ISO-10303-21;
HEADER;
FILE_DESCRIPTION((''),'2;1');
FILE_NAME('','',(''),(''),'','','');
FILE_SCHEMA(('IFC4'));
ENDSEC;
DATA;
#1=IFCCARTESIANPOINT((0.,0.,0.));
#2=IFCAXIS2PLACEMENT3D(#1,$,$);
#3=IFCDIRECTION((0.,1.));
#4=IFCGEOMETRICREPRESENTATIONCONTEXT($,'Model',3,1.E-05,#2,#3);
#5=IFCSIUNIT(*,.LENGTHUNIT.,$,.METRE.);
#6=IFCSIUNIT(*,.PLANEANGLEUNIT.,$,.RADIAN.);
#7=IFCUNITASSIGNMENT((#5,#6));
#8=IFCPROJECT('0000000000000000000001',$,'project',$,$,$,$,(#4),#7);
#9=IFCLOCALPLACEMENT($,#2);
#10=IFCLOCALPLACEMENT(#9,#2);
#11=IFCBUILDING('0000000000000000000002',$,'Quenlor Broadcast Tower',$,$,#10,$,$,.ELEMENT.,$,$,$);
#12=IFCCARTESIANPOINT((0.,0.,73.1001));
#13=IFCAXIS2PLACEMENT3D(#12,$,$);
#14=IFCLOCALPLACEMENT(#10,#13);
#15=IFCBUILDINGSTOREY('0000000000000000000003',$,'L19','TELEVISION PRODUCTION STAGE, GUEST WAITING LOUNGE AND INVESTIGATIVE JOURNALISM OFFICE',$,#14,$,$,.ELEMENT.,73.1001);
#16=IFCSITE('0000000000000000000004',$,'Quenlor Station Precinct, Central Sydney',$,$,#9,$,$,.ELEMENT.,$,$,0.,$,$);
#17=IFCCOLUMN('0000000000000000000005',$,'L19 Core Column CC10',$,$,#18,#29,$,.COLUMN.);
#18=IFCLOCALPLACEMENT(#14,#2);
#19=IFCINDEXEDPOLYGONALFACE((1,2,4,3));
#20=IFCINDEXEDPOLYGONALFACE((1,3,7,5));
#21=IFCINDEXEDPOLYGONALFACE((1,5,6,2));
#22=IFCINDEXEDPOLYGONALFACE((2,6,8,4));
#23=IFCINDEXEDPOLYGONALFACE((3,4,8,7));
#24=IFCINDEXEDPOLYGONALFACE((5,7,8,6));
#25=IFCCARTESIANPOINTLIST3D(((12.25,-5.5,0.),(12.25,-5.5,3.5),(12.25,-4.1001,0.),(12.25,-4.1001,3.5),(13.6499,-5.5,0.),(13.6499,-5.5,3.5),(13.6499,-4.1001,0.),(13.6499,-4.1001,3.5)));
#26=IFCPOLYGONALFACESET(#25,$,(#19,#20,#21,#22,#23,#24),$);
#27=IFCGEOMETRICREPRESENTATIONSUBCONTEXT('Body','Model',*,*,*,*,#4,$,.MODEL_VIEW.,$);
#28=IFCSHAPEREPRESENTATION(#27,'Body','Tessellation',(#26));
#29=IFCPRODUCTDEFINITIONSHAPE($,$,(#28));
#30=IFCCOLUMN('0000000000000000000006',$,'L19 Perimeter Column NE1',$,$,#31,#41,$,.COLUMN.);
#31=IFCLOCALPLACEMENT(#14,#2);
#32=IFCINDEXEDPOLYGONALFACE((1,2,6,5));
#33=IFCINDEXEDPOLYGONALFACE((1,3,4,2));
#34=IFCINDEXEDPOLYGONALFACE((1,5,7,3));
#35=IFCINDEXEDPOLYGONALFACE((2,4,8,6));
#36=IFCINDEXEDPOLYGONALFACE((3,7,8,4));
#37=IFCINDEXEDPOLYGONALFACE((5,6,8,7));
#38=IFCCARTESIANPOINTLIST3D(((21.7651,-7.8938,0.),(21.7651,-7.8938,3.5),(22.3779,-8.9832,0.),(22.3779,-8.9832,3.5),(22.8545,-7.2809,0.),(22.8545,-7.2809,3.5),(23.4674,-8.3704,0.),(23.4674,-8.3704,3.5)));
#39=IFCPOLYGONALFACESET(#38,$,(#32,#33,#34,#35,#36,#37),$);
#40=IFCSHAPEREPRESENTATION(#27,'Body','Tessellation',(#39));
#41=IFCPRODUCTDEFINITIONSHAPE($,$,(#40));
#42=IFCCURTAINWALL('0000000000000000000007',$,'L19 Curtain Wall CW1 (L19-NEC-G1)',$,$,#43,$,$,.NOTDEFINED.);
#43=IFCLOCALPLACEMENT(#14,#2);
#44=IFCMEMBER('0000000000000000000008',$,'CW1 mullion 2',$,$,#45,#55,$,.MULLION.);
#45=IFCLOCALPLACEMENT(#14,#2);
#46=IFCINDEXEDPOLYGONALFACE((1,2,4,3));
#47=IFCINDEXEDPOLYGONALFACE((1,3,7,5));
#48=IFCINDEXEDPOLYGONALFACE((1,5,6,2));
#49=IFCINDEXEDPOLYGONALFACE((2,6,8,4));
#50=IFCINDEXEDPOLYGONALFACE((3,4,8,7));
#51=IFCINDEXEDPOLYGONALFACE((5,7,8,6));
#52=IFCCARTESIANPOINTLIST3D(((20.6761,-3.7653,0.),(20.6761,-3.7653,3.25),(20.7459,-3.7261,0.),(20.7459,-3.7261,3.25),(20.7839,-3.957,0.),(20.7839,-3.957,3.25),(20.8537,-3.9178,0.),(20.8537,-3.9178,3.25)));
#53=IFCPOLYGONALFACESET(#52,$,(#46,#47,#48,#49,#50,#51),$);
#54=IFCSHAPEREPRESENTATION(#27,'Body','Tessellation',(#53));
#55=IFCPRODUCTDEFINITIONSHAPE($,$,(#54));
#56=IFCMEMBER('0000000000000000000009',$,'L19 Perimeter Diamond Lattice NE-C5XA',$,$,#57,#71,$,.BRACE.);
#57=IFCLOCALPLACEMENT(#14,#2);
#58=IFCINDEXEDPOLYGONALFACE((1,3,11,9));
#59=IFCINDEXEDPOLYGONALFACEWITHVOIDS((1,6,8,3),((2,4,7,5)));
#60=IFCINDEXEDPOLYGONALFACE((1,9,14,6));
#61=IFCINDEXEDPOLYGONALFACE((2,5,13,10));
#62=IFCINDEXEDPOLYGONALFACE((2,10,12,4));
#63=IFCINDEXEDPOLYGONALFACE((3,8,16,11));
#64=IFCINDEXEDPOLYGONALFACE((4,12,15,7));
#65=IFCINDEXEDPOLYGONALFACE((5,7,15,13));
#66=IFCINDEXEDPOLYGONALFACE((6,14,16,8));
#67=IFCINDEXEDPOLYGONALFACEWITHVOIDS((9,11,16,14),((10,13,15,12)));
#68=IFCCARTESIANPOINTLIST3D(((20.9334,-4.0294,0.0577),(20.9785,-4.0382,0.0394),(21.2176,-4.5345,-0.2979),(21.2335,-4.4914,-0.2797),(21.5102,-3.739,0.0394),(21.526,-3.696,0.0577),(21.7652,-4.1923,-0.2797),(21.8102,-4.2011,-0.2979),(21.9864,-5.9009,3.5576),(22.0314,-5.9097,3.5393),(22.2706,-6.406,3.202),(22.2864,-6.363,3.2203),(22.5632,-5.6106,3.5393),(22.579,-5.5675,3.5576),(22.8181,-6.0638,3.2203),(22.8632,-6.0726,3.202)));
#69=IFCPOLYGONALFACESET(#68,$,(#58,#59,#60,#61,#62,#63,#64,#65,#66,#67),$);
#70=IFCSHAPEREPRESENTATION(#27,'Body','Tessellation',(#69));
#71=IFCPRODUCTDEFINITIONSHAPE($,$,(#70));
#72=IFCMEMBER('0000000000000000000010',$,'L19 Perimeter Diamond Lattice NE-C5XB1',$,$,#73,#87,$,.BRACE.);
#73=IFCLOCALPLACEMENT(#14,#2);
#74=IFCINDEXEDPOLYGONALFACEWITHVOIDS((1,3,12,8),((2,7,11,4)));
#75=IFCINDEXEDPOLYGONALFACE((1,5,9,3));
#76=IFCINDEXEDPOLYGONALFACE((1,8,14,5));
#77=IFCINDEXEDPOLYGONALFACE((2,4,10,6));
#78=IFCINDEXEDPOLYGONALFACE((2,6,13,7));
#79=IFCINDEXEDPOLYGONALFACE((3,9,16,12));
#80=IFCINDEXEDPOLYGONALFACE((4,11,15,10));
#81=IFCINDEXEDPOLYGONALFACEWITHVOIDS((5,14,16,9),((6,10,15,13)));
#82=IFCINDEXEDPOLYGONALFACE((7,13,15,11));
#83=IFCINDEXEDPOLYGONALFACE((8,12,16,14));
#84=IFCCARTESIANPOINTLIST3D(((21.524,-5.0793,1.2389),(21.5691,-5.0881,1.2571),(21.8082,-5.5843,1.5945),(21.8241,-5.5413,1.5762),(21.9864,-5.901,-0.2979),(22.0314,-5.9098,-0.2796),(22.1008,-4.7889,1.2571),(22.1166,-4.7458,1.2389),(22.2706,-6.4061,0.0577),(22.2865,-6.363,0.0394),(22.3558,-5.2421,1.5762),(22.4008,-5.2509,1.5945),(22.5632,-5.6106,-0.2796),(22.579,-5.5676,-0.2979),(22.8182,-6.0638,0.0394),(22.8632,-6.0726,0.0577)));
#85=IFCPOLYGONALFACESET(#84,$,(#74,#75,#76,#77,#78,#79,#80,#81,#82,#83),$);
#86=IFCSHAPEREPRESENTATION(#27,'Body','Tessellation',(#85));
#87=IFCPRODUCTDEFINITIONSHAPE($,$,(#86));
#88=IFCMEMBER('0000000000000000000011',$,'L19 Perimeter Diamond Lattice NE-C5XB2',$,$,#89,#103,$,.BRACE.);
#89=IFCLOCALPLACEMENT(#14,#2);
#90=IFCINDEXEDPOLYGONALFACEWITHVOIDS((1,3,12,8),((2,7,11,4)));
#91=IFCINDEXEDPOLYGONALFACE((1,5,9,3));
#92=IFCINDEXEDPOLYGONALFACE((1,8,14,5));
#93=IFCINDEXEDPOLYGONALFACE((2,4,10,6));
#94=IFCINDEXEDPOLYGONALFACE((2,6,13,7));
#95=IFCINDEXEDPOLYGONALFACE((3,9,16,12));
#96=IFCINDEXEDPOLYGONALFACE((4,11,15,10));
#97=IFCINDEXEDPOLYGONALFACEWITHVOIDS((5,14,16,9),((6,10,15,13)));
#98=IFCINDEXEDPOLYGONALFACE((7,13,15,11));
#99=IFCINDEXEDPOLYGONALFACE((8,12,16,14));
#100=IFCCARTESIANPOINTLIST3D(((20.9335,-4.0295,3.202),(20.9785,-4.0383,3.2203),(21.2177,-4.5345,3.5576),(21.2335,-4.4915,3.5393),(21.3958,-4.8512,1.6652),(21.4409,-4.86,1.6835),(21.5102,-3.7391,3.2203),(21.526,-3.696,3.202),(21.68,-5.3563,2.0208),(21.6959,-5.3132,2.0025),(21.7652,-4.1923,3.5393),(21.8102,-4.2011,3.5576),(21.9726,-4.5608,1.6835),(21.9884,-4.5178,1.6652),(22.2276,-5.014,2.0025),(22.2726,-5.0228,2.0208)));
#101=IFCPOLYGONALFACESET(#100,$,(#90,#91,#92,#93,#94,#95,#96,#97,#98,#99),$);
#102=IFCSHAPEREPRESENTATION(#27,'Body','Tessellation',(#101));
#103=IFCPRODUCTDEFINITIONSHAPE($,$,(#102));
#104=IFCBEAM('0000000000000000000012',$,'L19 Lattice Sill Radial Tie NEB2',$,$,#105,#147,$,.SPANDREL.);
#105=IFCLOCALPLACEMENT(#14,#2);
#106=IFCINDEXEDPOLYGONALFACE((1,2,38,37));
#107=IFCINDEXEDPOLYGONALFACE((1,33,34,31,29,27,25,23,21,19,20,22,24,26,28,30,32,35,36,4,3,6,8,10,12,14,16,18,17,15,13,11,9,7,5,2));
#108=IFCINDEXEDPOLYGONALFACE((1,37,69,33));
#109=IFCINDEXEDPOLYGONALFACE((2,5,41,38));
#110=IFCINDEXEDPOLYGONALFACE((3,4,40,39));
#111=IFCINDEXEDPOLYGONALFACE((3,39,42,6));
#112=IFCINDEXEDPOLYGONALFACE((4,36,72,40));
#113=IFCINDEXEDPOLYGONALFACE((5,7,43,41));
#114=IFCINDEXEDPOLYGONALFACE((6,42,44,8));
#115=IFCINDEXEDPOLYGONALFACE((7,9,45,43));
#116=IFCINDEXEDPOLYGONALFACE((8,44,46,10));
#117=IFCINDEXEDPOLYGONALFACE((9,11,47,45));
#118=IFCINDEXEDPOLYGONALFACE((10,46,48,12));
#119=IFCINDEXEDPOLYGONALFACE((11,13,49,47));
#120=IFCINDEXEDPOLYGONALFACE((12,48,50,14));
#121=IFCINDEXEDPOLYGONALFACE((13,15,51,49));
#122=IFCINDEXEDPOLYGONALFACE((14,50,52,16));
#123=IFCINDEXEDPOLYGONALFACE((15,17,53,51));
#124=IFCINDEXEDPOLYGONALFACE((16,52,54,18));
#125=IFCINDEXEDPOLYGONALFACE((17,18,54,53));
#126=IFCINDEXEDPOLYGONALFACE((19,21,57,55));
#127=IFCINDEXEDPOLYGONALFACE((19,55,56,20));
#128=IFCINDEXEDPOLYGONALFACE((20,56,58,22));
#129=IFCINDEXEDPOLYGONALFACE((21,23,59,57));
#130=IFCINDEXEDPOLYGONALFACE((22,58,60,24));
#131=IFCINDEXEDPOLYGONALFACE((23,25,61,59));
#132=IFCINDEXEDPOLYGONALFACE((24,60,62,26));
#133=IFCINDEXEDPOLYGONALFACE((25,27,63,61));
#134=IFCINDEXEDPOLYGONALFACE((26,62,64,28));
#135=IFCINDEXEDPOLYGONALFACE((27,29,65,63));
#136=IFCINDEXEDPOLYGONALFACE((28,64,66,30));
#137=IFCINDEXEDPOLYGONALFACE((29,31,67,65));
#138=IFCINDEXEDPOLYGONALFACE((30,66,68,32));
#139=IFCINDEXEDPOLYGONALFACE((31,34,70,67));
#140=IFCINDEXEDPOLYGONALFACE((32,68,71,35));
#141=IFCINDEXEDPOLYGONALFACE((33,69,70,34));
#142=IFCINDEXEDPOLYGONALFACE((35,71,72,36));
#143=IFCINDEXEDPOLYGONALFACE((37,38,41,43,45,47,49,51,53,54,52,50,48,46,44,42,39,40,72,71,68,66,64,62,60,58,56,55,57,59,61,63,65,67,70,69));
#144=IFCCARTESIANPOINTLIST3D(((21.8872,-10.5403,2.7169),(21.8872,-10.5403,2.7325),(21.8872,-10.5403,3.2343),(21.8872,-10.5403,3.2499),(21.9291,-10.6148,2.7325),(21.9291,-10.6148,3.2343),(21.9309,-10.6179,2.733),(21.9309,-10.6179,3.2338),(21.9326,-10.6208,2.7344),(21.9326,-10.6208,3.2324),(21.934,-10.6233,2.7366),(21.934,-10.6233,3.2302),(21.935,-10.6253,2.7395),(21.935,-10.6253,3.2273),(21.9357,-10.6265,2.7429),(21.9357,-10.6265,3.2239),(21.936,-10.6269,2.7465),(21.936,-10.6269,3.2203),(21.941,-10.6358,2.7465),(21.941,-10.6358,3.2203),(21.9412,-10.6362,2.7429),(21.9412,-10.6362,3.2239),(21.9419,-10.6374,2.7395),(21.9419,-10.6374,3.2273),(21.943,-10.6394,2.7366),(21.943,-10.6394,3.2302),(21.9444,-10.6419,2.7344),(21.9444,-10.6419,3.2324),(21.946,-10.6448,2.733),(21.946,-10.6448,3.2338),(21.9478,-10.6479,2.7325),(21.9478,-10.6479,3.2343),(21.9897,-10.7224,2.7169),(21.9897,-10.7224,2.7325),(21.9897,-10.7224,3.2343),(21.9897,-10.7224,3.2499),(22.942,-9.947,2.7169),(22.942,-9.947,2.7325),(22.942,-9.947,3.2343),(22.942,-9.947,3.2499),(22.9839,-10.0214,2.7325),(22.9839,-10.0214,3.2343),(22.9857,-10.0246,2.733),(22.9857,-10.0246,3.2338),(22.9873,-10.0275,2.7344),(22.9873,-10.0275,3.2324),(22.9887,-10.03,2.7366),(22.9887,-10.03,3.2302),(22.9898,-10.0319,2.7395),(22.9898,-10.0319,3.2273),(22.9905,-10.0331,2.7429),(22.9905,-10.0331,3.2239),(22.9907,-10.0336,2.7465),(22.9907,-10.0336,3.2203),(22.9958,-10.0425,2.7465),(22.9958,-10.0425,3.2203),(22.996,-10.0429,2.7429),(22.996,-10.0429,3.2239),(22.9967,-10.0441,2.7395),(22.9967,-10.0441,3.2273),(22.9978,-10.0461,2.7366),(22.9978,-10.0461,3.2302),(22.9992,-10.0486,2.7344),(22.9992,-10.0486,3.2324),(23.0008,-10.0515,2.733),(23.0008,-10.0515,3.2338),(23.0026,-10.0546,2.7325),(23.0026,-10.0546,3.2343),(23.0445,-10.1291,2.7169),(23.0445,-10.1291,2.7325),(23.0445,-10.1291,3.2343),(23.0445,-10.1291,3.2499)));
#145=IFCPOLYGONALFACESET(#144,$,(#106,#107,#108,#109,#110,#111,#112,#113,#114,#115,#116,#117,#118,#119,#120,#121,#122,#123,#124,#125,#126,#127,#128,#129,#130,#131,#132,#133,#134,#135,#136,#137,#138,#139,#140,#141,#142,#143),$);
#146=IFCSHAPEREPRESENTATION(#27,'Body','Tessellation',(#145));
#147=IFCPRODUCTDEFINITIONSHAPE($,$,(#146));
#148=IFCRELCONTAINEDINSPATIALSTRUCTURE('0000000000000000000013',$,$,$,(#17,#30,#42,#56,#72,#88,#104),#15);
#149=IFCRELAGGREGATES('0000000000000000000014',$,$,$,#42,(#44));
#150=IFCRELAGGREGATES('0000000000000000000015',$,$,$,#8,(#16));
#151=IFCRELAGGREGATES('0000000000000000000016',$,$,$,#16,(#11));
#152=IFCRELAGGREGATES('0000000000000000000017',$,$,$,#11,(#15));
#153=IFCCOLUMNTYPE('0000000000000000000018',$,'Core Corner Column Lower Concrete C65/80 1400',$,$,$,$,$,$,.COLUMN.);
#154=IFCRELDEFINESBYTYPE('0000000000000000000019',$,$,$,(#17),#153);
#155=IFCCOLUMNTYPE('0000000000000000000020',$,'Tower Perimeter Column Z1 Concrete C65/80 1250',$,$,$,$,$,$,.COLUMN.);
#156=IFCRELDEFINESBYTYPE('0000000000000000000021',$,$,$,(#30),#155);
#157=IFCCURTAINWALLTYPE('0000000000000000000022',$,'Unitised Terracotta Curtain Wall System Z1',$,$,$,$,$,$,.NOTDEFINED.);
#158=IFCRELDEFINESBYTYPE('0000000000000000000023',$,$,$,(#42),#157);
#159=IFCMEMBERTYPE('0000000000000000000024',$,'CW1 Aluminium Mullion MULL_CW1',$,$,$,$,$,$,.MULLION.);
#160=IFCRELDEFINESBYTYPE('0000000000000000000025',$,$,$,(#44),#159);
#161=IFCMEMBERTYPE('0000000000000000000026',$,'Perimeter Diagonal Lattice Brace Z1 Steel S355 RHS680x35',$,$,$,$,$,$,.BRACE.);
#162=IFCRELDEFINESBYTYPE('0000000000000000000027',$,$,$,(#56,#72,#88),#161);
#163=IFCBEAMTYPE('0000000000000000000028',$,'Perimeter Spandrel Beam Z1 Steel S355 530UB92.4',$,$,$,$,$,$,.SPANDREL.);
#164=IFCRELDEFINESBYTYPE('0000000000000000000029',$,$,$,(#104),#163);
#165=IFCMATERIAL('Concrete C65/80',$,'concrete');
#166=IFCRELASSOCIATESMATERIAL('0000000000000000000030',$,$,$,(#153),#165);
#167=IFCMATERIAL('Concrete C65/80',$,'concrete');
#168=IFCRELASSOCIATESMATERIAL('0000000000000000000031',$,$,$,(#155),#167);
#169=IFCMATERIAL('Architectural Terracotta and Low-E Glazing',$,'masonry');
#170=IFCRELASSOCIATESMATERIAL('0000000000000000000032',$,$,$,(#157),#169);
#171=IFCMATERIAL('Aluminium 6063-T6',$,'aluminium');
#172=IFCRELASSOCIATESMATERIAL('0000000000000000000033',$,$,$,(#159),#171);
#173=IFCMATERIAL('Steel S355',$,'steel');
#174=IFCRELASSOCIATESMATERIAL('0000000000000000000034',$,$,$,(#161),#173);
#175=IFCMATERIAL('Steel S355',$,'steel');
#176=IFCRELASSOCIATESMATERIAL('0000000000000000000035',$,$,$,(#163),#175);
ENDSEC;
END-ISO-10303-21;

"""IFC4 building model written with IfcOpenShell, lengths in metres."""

from ifc_helpers import new_model, si_unit, direction, frame, origin, origin_2d, place, context, subcontext, project, spatial, rectangle, hollow_rectangle, i_section, extrude, material, material_profile, profile_set, type_object, element, aggregate, save


model = new_model("IFC4")

# Units and contexts
model_context = context("Model", 3, precision=1e-05, world=origin(), true_north=direction((0.0, 1.0)))
body_context = subcontext(model_context, "Body", "Model", "MODEL_VIEW")
ifc_project = project(units=[si_unit("LENGTHUNIT", "METRE"), si_unit("PLANEANGLEUNIT", "RADIAN")], contexts=[model_context])

# Site, building, storey
site_placement = place(None, origin())
site = spatial("IfcSite", under=ifc_project, at=site_placement, Name="Quenlor Station Precinct, Central Sydney", CompositionType="ELEMENT", RefElevation=0.0)
building_placement = place(site_placement, origin())
building = spatial("IfcBuilding", under=site, at=building_placement, Name="Quenlor Broadcast Tower", CompositionType="ELEMENT")
storey_placement = place(building_placement, frame((0.0, 0.0, 73.1001)))
storey = spatial("IfcBuildingStorey", under=building, at=storey_placement, Name="L19", Description="TELEVISION PRODUCTION STAGE, GUEST WAITING LOUNGE AND INVESTIGATIVE JOURNALISM OFFICE", CompositionType="ELEMENT", Elevation=73.1001)

# Columns
ifc_material_1 = material(Name="Concrete C65/80", Category="concrete")
ifc_material_profile_1 = material_profile(ifc_material_1, rectangle(XDim=1.3999, YDim=1.3999, at=origin_2d()))
ifc_profile_set_1 = profile_set([ifc_material_profile_1], Name="Concrete C65/80 RC1400x1400")
column_type_1 = type_object("IfcColumnType", Name="Core Corner Column Lower Concrete C65/80 1400", PredefinedType="COLUMN", material=ifc_profile_set_1)
column_1_placement = place(storey_placement, frame((12.95, -4.8, 0.0), z_axis=(0.0, 0.0, 1.0), x_axis=(1.0, 0.0, 0.0)))
element("IfcColumn", 1, at=column_1_placement, inside=storey, type_object=column_type_1, Name="L19 Core Column CC10", PredefinedType="COLUMN", context=body_context, shape_type="SweptSolid", body=[
    extrude(rectangle(XDim=1.3999, YDim=1.3999, at=origin_2d()), origin(), (0.0, 0.0, 1.0), 3.5),
])
ifc_material_2 = material(Name="Concrete C65/80", Category="concrete")
ifc_material_profile_2 = material_profile(ifc_material_2, rectangle(XDim=1.25, YDim=1.25, at=origin_2d()))
ifc_profile_set_2 = profile_set([ifc_material_profile_2], Name="Concrete C65/80 RC1250x1250")
column_type_2 = type_object("IfcColumnType", Name="Tower Perimeter Column Z1 Concrete C65/80 1250", PredefinedType="COLUMN", material=ifc_profile_set_2)
column_2_placement = place(storey_placement, frame((22.6162, -8.1321, 0.0), z_axis=(0.0, 0.0, 1.0), x_axis=(0.871575, 0.490262, 0.0)))
element("IfcColumn", 2, at=column_2_placement, inside=storey, type_object=column_type_2, Name="L19 Perimeter Column NE1", PredefinedType="COLUMN", context=body_context, shape_type="SweptSolid", body=[
    extrude(rectangle(XDim=1.25, YDim=1.25, at=origin_2d()), origin(), (0.0, 0.0, 1.0), 3.5),
])

# Curtain wall, member
ifc_material_3 = material(Name="Architectural Terracotta and Low-E Glazing", Category="masonry")
curtain_wall_type = type_object("IfcCurtainWallType", Name="Unitised Terracotta Curtain Wall System Z1", PredefinedType="NOTDEFINED", material=ifc_material_3)
curtain_wall_placement = place(storey_placement, origin())
curtain_wall = element("IfcCurtainWall", 3, at=curtain_wall_placement, inside=storey, type_object=curtain_wall_type, Name="L19 Curtain Wall CW1 (L19-NEC-G1)", PredefinedType="NOTDEFINED")
ifc_material_4 = material(Name="Aluminium 6063-T6", Category="aluminium")
ifc_material_profile_3 = material_profile(ifc_material_4, rectangle(XDim=0.0801, YDim=0.22, at=origin_2d()))
ifc_profile_set_3 = profile_set([ifc_material_profile_3], Name="Aluminium 6063-T6 MULL80x220")
member_type_1 = type_object("IfcMemberType", Name="CW1 Aluminium Mullion MULL_CW1", PredefinedType="MULLION", material=ifc_profile_set_3)
member_1_placement = place(storey_placement, frame((20.7649, -3.8416, 0.0), z_axis=(0.0, 0.0, 1.0), x_axis=(0.871578, 0.490257, 0.0)))
member_1 = element("IfcMember", 4, at=member_1_placement, type_object=member_type_1, Name="CW1 mullion 2", PredefinedType="MULLION", context=body_context, shape_type="SweptSolid", body=[
    extrude(rectangle(XDim=0.0801, YDim=0.22, at=origin_2d()), origin(), (0.0, 0.0, 1.0), 3.25),
])

# Members
ifc_material_5 = material(Name="Steel S355", Category="steel")
ifc_material_profile_4 = material_profile(ifc_material_5, hollow_rectangle(XDim=0.6799, YDim=0.6799, WallThickness=0.0349, at=origin_2d()))
ifc_profile_set_4 = profile_set([ifc_material_profile_4], Name="Steel S355 RHS680x680x35")
member_type_2 = type_object("IfcMemberType", Name="Perimeter Diagonal Lattice Brace Z1 Steel S355 RHS680x35", PredefinedType="BRACE", material=ifc_profile_set_4)
member_2_placement = place(storey_placement, frame((21.3718, -4.1152, -0.1201), z_axis=(0.256431, -0.455785, 0.852352), x_axis=(0.871533, 0.490337, 0.0)))
element("IfcMember", 5, at=member_2_placement, inside=storey, type_object=member_type_2, Name="L19 Perimeter Diamond Lattice NE-C5XA", PredefinedType="BRACE", context=body_context, shape_type="SweptSolid", body=[
    extrude(hollow_rectangle(XDim=0.6799, YDim=0.6799, WallThickness=0.0349, at=origin_2d()), origin(), (0.0, 0.0, 1.0), 4.1062),
])
for number, where, z_axis, x_axis, name in (
    (6, (22.4248, -5.9868, -0.1201), (-0.256452, 0.455764, 0.852357), (-0.871506, -0.490384, 0.0), "L19 Perimeter Diamond Lattice NE-C5XB1"),
    (7, (21.8342, -4.937, 1.843), (-0.256452, 0.455764, 0.852357), (-0.871506, -0.490384, 0.0), "L19 Perimeter Diamond Lattice NE-C5XB2"),
):
    element("IfcMember", number, at=place(storey_placement, frame(where, z_axis=z_axis, x_axis=x_axis)), inside=storey, type_object=member_type_2, Name=name, PredefinedType="BRACE", context=body_context, shape_type="SweptSolid", body=[
        extrude(hollow_rectangle(XDim=0.6799, YDim=0.6799, WallThickness=0.0349, at=origin_2d()), origin(), (0.0, 0.0, 1.0), 1.803),
    ])

# Beam
ifc_material_6 = material(Name="Steel S355", Category="steel")
ifc_material_profile_5 = material_profile(ifc_material_6, i_section(OverallWidth=0.209, OverallDepth=0.533, WebThickness=0.0103, FlangeThickness=0.0156, FilletRadius=0.0139, at=origin_2d()))
ifc_profile_set_5 = profile_set([ifc_material_profile_5], Name="Steel S355 530UB92.4")
beam_type_1 = type_object("IfcBeamType", Name="Perimeter Spandrel Beam Z1 Steel S355 530UB92.4", PredefinedType="SPANDREL", material=ifc_profile_set_5)
beam_1_placement = place(storey_placement, frame((21.9385, -10.6313, 2.9834), z_axis=(0.871576, 0.490261, 0.0), x_axis=(-0.490261, 0.871576, 0.0)))
element("IfcBeam", 8, at=beam_1_placement, inside=storey, type_object=beam_type_1, Name="L19 Lattice Sill Radial Tie NEB2", PredefinedType="SPANDREL", context=body_context, shape_type="SweptSolid", body=[
    extrude(i_section(OverallWidth=0.209, OverallDepth=0.533, WebThickness=0.0103, FlangeThickness=0.0156, FilletRadius=0.0139, at=origin_2d()), origin(), (0.0, 0.0, 1.0), 1.2102),
])

aggregate(curtain_wall, [member_1])

save(model, "model.ifc")
